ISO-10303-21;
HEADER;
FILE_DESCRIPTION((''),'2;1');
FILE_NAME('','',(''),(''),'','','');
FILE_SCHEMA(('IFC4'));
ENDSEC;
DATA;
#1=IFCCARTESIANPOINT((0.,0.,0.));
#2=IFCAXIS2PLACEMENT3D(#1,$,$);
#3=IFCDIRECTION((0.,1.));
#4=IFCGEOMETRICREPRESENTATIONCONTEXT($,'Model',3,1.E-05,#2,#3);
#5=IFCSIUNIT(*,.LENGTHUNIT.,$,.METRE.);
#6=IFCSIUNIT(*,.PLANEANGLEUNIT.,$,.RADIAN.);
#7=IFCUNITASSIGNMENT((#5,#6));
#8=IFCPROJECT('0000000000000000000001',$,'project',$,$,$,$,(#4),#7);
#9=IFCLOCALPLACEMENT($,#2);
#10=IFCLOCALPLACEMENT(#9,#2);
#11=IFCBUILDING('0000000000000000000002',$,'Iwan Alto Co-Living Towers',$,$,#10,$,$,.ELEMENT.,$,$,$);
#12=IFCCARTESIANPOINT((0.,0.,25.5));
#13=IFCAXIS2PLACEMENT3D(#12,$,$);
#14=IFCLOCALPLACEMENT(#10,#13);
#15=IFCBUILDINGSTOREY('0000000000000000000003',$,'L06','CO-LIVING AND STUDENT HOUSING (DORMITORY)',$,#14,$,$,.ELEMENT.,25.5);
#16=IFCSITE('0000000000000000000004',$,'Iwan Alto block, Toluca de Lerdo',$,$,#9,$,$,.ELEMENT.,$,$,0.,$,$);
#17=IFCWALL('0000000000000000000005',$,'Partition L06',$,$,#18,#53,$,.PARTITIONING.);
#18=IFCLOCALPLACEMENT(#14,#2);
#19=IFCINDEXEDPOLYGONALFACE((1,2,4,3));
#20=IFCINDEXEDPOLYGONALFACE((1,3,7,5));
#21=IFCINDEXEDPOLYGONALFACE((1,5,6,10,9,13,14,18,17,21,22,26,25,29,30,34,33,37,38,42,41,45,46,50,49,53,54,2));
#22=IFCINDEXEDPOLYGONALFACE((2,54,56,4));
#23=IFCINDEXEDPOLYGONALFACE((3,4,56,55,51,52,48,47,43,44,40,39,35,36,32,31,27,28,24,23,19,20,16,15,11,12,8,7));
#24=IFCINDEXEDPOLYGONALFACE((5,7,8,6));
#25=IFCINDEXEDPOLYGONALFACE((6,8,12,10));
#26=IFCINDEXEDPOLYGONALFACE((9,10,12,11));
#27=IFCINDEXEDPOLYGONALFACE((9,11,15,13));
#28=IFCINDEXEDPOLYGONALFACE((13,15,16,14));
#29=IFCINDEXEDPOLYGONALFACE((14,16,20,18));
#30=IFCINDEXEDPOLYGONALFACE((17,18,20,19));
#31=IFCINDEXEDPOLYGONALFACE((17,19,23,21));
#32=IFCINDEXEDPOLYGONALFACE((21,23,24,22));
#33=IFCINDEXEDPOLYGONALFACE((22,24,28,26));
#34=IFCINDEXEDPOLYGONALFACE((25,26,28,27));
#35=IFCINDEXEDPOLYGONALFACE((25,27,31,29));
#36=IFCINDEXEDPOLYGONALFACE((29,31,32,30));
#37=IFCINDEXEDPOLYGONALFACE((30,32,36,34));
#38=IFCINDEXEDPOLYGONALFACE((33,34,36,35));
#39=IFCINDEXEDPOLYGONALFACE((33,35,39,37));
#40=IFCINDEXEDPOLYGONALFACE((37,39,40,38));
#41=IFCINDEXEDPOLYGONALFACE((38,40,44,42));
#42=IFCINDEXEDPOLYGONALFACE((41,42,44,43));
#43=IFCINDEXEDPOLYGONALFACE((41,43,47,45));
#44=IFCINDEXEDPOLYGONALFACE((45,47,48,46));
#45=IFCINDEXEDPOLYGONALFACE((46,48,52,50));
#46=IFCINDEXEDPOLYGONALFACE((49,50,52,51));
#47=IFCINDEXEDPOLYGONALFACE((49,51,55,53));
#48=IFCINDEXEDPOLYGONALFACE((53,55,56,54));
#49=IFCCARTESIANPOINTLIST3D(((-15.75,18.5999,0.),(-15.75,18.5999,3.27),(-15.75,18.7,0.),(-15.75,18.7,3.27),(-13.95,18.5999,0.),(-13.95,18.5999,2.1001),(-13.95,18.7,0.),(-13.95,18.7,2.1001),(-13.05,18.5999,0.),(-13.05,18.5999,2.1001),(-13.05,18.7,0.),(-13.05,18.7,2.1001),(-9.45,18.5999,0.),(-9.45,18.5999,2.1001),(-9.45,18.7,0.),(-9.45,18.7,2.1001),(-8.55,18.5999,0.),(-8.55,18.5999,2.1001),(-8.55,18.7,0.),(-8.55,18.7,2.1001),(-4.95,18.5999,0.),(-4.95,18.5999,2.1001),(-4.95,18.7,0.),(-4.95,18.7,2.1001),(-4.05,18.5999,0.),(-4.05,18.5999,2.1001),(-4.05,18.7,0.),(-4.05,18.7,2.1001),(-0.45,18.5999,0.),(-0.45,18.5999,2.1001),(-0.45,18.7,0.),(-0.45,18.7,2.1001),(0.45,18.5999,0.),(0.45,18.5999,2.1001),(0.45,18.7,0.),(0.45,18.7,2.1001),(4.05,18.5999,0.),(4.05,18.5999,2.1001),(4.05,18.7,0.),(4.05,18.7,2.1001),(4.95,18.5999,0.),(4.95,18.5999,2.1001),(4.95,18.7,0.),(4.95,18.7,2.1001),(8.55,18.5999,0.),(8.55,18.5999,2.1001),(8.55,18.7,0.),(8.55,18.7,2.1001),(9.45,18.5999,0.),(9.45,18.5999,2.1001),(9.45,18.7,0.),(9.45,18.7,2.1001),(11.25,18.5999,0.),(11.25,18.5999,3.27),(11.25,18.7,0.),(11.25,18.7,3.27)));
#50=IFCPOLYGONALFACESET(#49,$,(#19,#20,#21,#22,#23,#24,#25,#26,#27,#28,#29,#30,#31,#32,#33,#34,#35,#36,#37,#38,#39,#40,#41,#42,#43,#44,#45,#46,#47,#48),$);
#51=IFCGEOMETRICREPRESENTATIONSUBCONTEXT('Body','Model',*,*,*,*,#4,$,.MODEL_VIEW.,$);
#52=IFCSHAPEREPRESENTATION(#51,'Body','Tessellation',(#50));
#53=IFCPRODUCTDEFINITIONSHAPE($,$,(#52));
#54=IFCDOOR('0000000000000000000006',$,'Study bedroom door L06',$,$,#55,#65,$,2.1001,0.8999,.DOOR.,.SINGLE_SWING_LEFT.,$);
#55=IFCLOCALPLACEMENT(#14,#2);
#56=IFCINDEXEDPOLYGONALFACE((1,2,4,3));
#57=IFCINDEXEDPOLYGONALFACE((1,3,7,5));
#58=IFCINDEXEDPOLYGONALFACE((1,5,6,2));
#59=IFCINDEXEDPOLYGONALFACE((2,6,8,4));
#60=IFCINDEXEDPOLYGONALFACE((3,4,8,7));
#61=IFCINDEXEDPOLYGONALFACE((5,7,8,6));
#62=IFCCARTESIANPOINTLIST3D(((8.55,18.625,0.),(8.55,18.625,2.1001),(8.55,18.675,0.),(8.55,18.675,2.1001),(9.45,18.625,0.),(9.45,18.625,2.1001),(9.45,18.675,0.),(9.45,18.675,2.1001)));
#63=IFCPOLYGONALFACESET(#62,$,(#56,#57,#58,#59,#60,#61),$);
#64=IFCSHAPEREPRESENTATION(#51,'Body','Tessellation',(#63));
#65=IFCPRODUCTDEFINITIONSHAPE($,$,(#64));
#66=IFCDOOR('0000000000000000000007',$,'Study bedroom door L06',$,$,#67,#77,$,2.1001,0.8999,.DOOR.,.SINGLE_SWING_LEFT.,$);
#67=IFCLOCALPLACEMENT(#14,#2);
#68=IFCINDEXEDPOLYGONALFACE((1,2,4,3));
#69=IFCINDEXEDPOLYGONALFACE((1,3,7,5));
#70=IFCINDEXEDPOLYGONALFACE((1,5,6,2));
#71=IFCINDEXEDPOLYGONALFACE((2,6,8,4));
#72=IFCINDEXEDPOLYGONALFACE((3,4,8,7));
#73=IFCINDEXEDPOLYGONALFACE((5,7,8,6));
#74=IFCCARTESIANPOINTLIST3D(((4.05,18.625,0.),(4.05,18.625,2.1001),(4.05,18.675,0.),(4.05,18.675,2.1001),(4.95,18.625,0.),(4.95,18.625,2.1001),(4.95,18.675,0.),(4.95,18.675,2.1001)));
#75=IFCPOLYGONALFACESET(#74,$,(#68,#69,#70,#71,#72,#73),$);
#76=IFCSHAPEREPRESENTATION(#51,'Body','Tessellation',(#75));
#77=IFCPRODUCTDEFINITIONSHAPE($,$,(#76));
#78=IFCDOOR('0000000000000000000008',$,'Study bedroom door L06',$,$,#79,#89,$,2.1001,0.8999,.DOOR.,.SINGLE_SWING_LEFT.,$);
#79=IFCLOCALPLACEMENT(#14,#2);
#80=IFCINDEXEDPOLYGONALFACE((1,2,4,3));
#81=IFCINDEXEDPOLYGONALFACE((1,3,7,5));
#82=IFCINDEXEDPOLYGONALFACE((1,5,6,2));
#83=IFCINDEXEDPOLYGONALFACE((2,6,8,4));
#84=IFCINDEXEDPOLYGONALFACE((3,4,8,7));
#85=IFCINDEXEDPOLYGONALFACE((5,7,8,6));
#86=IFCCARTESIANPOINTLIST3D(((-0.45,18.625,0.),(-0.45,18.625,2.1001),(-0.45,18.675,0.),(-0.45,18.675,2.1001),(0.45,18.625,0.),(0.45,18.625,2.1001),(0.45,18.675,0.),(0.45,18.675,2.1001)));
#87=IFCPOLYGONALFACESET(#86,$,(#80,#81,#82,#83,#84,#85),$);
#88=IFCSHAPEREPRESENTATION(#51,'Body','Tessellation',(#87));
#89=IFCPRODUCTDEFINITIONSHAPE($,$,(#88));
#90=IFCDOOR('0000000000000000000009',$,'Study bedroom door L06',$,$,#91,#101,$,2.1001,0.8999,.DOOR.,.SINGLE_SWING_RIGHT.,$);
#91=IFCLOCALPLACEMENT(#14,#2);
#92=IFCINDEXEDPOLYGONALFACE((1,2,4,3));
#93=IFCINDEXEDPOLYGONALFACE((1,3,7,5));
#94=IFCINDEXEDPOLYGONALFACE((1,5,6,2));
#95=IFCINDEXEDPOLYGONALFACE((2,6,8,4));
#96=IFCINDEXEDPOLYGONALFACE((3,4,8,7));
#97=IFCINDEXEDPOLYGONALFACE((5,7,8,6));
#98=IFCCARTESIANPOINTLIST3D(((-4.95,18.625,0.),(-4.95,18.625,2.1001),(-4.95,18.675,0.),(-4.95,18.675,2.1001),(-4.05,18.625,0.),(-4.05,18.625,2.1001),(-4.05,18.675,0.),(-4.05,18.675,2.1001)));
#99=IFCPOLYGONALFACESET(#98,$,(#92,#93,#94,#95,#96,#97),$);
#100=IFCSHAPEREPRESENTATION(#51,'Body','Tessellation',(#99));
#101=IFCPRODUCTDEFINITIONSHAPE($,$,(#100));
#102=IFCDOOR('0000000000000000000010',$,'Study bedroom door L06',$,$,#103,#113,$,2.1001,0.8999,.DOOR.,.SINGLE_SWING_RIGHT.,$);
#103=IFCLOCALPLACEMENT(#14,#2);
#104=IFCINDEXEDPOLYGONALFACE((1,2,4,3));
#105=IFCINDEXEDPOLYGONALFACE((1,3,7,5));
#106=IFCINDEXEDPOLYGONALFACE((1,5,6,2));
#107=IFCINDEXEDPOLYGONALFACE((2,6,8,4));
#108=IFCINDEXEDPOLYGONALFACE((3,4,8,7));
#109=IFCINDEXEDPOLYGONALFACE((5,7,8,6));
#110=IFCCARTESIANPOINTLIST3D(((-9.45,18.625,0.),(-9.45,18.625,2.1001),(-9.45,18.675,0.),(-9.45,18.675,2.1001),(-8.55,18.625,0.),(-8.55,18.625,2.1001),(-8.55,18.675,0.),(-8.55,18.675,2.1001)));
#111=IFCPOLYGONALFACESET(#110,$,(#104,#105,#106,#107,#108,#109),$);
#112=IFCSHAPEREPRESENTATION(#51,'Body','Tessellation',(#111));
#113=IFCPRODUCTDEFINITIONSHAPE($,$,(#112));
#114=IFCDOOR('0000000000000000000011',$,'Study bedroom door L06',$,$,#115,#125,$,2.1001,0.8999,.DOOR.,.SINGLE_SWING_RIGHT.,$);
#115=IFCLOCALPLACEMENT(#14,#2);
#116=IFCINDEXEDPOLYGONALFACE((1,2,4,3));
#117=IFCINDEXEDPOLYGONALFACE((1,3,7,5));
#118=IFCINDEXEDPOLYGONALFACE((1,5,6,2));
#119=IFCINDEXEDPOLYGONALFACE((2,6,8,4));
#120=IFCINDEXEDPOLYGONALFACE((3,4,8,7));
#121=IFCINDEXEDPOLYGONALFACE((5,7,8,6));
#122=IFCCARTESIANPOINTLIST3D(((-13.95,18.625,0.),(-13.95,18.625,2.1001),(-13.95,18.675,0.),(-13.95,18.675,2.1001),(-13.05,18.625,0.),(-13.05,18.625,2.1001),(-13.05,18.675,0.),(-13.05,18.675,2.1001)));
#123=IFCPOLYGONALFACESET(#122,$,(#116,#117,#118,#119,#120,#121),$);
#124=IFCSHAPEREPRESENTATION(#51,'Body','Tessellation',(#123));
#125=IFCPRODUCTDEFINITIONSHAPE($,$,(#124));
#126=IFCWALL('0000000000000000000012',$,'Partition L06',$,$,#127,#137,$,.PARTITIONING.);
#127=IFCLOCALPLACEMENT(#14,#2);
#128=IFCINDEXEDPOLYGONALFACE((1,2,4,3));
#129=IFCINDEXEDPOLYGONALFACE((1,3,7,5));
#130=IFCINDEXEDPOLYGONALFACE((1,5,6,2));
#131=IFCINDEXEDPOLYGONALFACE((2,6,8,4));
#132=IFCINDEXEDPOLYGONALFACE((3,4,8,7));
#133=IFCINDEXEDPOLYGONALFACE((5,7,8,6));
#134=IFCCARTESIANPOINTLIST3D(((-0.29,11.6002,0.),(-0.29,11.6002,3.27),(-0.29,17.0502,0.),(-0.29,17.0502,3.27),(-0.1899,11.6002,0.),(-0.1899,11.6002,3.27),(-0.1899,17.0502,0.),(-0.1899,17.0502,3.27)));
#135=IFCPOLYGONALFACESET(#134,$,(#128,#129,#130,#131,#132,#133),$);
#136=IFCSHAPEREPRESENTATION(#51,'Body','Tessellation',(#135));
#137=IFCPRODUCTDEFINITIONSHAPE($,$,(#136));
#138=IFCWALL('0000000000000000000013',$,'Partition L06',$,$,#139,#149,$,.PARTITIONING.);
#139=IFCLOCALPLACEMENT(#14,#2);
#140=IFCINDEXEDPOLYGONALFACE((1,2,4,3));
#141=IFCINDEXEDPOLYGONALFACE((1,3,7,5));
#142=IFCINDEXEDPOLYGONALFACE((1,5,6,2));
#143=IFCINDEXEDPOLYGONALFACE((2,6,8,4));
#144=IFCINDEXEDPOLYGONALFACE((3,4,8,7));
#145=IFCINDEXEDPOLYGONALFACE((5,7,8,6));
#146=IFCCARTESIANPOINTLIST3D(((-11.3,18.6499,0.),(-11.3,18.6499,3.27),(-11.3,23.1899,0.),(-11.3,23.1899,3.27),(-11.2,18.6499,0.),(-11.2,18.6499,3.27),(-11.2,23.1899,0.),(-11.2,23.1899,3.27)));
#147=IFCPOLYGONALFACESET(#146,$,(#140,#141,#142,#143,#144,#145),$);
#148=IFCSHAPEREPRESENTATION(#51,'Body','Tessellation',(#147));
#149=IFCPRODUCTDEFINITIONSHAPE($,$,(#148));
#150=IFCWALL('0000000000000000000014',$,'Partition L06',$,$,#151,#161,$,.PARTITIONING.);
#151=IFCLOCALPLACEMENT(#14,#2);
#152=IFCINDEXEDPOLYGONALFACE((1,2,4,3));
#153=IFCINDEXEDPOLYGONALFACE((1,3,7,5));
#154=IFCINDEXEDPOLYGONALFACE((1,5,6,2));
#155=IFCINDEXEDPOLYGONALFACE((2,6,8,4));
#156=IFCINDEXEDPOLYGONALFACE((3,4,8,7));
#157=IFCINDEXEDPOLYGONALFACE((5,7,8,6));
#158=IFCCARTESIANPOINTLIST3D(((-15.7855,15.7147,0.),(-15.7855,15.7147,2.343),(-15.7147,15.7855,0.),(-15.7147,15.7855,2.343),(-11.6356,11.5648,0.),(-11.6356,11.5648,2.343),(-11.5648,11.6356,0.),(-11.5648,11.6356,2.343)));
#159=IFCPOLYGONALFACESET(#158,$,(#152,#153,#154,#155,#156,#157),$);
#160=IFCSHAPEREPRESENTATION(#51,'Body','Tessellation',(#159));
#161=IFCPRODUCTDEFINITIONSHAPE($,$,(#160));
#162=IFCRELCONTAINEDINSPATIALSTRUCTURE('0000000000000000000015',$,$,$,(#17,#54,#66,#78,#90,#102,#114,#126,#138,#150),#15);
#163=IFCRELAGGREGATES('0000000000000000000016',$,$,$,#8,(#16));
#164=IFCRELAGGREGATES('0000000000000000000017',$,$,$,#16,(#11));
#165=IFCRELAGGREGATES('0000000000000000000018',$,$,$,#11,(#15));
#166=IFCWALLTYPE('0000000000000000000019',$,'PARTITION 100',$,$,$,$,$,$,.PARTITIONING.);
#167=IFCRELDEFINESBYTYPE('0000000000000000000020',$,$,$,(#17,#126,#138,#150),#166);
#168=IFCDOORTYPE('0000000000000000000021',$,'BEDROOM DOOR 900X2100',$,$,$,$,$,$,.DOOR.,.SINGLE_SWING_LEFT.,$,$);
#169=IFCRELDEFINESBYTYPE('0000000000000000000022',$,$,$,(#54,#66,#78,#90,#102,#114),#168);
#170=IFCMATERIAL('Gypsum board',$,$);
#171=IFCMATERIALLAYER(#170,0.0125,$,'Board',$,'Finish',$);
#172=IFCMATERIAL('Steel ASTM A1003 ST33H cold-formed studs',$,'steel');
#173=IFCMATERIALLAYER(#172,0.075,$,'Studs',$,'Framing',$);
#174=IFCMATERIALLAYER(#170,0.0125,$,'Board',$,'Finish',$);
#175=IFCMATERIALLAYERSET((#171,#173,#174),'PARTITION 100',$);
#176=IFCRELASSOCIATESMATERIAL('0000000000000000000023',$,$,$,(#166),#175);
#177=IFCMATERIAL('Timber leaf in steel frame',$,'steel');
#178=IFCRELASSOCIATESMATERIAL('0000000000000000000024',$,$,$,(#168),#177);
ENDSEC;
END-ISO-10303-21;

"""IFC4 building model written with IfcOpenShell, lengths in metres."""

from ifc_helpers import new_model, si_unit, direction, frame, frame_2d, origin, place, context, subcontext, project, spatial, rectangle, extrude, material, layer, layer_set, type_object, element, fill, save


model = new_model("IFC4")

# Units and contexts
model_context = context("Model", 3, precision=1e-05, world=origin(), true_north=direction((0.0, 1.0)))
body_context = subcontext(model_context, "Body", "Model", "MODEL_VIEW")
ifc_project = project(units=[si_unit("LENGTHUNIT", "METRE"), si_unit("PLANEANGLEUNIT", "RADIAN")], contexts=[model_context])

# Site, building, storey
site_placement = place(None, origin())
site = spatial("IfcSite", under=ifc_project, at=site_placement, Name="Iwan Alto block, Toluca de Lerdo", CompositionType="ELEMENT", RefElevation=0.0)
building_placement = place(site_placement, origin())
building = spatial("IfcBuilding", under=site, at=building_placement, Name="Iwan Alto Co-Living Towers", CompositionType="ELEMENT")
storey_placement = place(building_placement, frame((0.0, 0.0, 25.5)))
storey = spatial("IfcBuildingStorey", under=building, at=storey_placement, Name="L06", Description="CO-LIVING AND STUDENT HOUSING (DORMITORY)", CompositionType="ELEMENT", Elevation=25.5)

# Shared definitions
ifc_material_1 = material(Name="Gypsum board")
ifc_material_2 = material(Name="Steel ASTM A1003 ST33H cold-formed studs", Category="steel")

# Shared definitions
ifc_layer_1 = layer(ifc_material_1, 0.0125, Name="Board", Category="Finish")
ifc_layer_2 = layer(ifc_material_2, 0.075, Name="Studs", Category="Framing")
ifc_layer_3 = layer(ifc_material_1, 0.0125, Name="Board", Category="Finish")
ifc_layer_set_1 = layer_set([ifc_layer_1, ifc_layer_2, ifc_layer_3], Name="PARTITION 100")
wall_type_1 = type_object("IfcWallType", Name="PARTITION 100", PredefinedType="PARTITIONING", material=ifc_layer_set_1)

# Wall, openings, doors
wall_1_placement = place(storey_placement, frame((-15.75, 18.6499, 0.0), z_axis=(0.0, 0.0, 1.0), x_axis=(1.0, 0.0, 0.0)))
wall_1 = element("IfcWall", 1, at=wall_1_placement, inside=storey, type_object=wall_type_1, Name="Partition L06", PredefinedType="PARTITIONING", context=body_context, shape_type="SweptSolid", body=[
    extrude(rectangle(XDim=27.0, YDim=0.1001, at=frame_2d((13.5, 0.0))), origin(), (0.0, 0.0, 1.0), 3.27),
])
opening_1_placement = place(wall_1_placement, frame((24.3, 0.0, 0.0)))
opening_1 = element("IfcOpeningElement", 2, at=opening_1_placement, cuts=wall_1, PredefinedType="OPENING", context=body_context, shape_type="SweptSolid", body=[
    extrude(rectangle(XDim=0.8999, YDim=2.1001, at=frame_2d((0.45, 1.05))), frame((0.0, 0.0601, 0.0), z_axis=(0.0, -1.0, 0.0), x_axis=(1.0, 0.0, 0.0)), (0.0, 0.0, 1.0), 0.1201),
])
opening_2_placement = place(wall_1_placement, frame((19.8, 0.0, 0.0)))
opening_2 = element("IfcOpeningElement", 3, at=opening_2_placement, cuts=wall_1, PredefinedType="OPENING", context=body_context, shape_type="SweptSolid", body=[
    extrude(rectangle(XDim=0.8999, YDim=2.1001, at=frame_2d((0.45, 1.05))), frame((0.0, 0.0601, 0.0), z_axis=(0.0, -1.0, 0.0), x_axis=(1.0, 0.0, 0.0)), (0.0, 0.0, 1.0), 0.1201),
])
opening_3_placement = place(wall_1_placement, frame((15.3, 0.0, 0.0)))
opening_3 = element("IfcOpeningElement", 4, at=opening_3_placement, cuts=wall_1, PredefinedType="OPENING", context=body_context, shape_type="SweptSolid", body=[
    extrude(rectangle(XDim=0.8999, YDim=2.1001, at=frame_2d((0.45, 1.05))), frame((0.0, 0.0601, 0.0), z_axis=(0.0, -1.0, 0.0), x_axis=(1.0, 0.0, 0.0)), (0.0, 0.0, 1.0), 0.1201),
])
opening_4_placement = place(wall_1_placement, frame((10.8, 0.0, 0.0)))
opening_4 = element("IfcOpeningElement", 5, at=opening_4_placement, cuts=wall_1, PredefinedType="OPENING", context=body_context, shape_type="SweptSolid", body=[
    extrude(rectangle(XDim=0.8999, YDim=2.1001, at=frame_2d((0.45, 1.05))), frame((0.0, 0.0601, 0.0), z_axis=(0.0, -1.0, 0.0), x_axis=(1.0, 0.0, 0.0)), (0.0, 0.0, 1.0), 0.1201),
])
opening_5_placement = place(wall_1_placement, frame((6.3, 0.0, 0.0)))
opening_5 = element("IfcOpeningElement", 6, at=opening_5_placement, cuts=wall_1, PredefinedType="OPENING", context=body_context, shape_type="SweptSolid", body=[
    extrude(rectangle(XDim=0.8999, YDim=2.1001, at=frame_2d((0.45, 1.05))), frame((0.0, 0.0601, 0.0), z_axis=(0.0, -1.0, 0.0), x_axis=(1.0, 0.0, 0.0)), (0.0, 0.0, 1.0), 0.1201),
])
opening_6_placement = place(wall_1_placement, frame((1.8, 0.0, 0.0)))
opening_6 = element("IfcOpeningElement", 7, at=opening_6_placement, cuts=wall_1, PredefinedType="OPENING", context=body_context, shape_type="SweptSolid", body=[
    extrude(rectangle(XDim=0.8999, YDim=2.1001, at=frame_2d((0.45, 1.05))), frame((0.0, 0.0601, 0.0), z_axis=(0.0, -1.0, 0.0), x_axis=(1.0, 0.0, 0.0)), (0.0, 0.0, 1.0), 0.1201),
])
ifc_material_3 = material(Name="Timber leaf in steel frame", Category="steel")
door_type_1 = type_object("IfcDoorType", Name="BEDROOM DOOR 900X2100", OperationType="SINGLE_SWING_LEFT", PredefinedType="DOOR", material=ifc_material_3)
door_1_placement = place(opening_1_placement, frame((0.8999, 0.0, 0.0), z_axis=(0.0, 0.0, 1.0), x_axis=(-1.0, 0.0, 0.0)))
door_1 = element("IfcDoor", 8, at=door_1_placement, inside=storey, type_object=door_type_1, Name="Study bedroom door L06", OperationType="SINGLE_SWING_LEFT", OverallHeight=2.1001, OverallWidth=0.8999, PredefinedType="DOOR", context=body_context, shape_type="SweptSolid", body=[
    extrude(rectangle(XDim=0.8999, YDim=2.1001, at=frame_2d((0.45, 1.05))), frame((0.0, 0.0249, 0.0), z_axis=(0.0, -1.0, 0.0), x_axis=(1.0, 0.0, 0.0)), (0.0, 0.0, 1.0), 0.05),
])
fill(opening_1, door_1)
door_2_placement = place(opening_2_placement, frame((0.8999, 0.0, 0.0), z_axis=(0.0, 0.0, 1.0), x_axis=(-1.0, 0.0, 0.0)))
door_2 = element("IfcDoor", 9, at=door_2_placement, inside=storey, type_object=door_type_1, Name="Study bedroom door L06", OperationType="SINGLE_SWING_LEFT", OverallHeight=2.1001, OverallWidth=0.8999, PredefinedType="DOOR", context=body_context, shape_type="SweptSolid", body=[
    extrude(rectangle(XDim=0.8999, YDim=2.1001, at=frame_2d((0.45, 1.05))), frame((0.0, 0.0249, 0.0), z_axis=(0.0, -1.0, 0.0), x_axis=(1.0, 0.0, 0.0)), (0.0, 0.0, 1.0), 0.05),
])
fill(opening_2, door_2)
door_3_placement = place(opening_3_placement, frame((0.8999, 0.0, 0.0), z_axis=(0.0, 0.0, 1.0), x_axis=(-1.0, 0.0, 0.0)))
door_3 = element("IfcDoor", 10, at=door_3_placement, inside=storey, type_object=door_type_1, Name="Study bedroom door L06", OperationType="SINGLE_SWING_LEFT", OverallHeight=2.1001, OverallWidth=0.8999, PredefinedType="DOOR", context=body_context, shape_type="SweptSolid", body=[
    extrude(rectangle(XDim=0.8999, YDim=2.1001, at=frame_2d((0.45, 1.05))), frame((0.0, 0.0249, 0.0), z_axis=(0.0, -1.0, 0.0), x_axis=(1.0, 0.0, 0.0)), (0.0, 0.0, 1.0), 0.05),
])
fill(opening_3, door_3)
door_4_placement = place(opening_4_placement, frame((0.8999, 0.0, 0.0), z_axis=(0.0, 0.0, 1.0), x_axis=(-1.0, 0.0, 0.0)))
door_4 = element("IfcDoor", 11, at=door_4_placement, inside=storey, type_object=door_type_1, Name="Study bedroom door L06", OperationType="SINGLE_SWING_RIGHT", OverallHeight=2.1001, OverallWidth=0.8999, PredefinedType="DOOR", context=body_context, shape_type="SweptSolid", body=[
    extrude(rectangle(XDim=0.8999, YDim=2.1001, at=frame_2d((0.45, 1.05))), frame((0.0, 0.0249, 0.0), z_axis=(0.0, -1.0, 0.0), x_axis=(1.0, 0.0, 0.0)), (0.0, 0.0, 1.0), 0.05),
])
fill(opening_4, door_4)
door_5_placement = place(opening_5_placement, frame((0.8999, 0.0, 0.0), z_axis=(0.0, 0.0, 1.0), x_axis=(-1.0, 0.0, 0.0)))
door_5 = element("IfcDoor", 12, at=door_5_placement, inside=storey, type_object=door_type_1, Name="Study bedroom door L06", OperationType="SINGLE_SWING_RIGHT", OverallHeight=2.1001, OverallWidth=0.8999, PredefinedType="DOOR", context=body_context, shape_type="SweptSolid", body=[
    extrude(rectangle(XDim=0.8999, YDim=2.1001, at=frame_2d((0.45, 1.05))), frame((0.0, 0.0249, 0.0), z_axis=(0.0, -1.0, 0.0), x_axis=(1.0, 0.0, 0.0)), (0.0, 0.0, 1.0), 0.05),
])
fill(opening_5, door_5)
door_6_placement = place(opening_6_placement, frame((0.8999, 0.0, 0.0), z_axis=(0.0, 0.0, 1.0), x_axis=(-1.0, 0.0, 0.0)))
door_6 = element("IfcDoor", 13, at=door_6_placement, inside=storey, type_object=door_type_1, Name="Study bedroom door L06", OperationType="SINGLE_SWING_RIGHT", OverallHeight=2.1001, OverallWidth=0.8999, PredefinedType="DOOR", context=body_context, shape_type="SweptSolid", body=[
    extrude(rectangle(XDim=0.8999, YDim=2.1001, at=frame_2d((0.45, 1.05))), frame((0.0, 0.0249, 0.0), z_axis=(0.0, -1.0, 0.0), x_axis=(1.0, 0.0, 0.0)), (0.0, 0.0, 1.0), 0.05),
])
fill(opening_6, door_6)

# Walls
wall_2_placement = place(storey_placement, frame((-0.24, 11.6001, 0.0), z_axis=(0.0, 0.0, 1.0), x_axis=(0.0, 1.0, 0.0)))
element("IfcWall", 14, at=wall_2_placement, inside=storey, type_object=wall_type_1, Name="Partition L06", PredefinedType="PARTITIONING", context=body_context, shape_type="SweptSolid", body=[
    extrude(rectangle(XDim=5.45, YDim=0.1001, at=frame_2d((2.7251, 0.0))), origin(), (0.0, 0.0, 1.0), 3.27),
])
wall_3_placement = place(storey_placement, frame((-11.25, 18.6499, 0.0), z_axis=(0.0, 0.0, 1.0), x_axis=(0.0, 1.0, 0.0)))
element("IfcWall", 15, at=wall_3_placement, inside=storey, type_object=wall_type_1, Name="Partition L06", PredefinedType="PARTITIONING", context=body_context, shape_type="SweptSolid", body=[
    extrude(rectangle(XDim=4.54, YDim=0.1001, at=frame_2d((2.27, 0.0))), origin(), (0.0, 0.0, 1.0), 3.27),
])
wall_4_placement = place(storey_placement, frame((-11.6001, 11.6001, 0.0), z_axis=(0.0, 0.0, 1.0), x_axis=(-0.707107, 0.707107, 0.0)))
element("IfcWall", 16, at=wall_4_placement, inside=storey, type_object=wall_type_1, Name="Partition L06", PredefinedType="PARTITIONING", context=body_context, shape_type="SweptSolid", body=[
    extrude(rectangle(XDim=5.8689, YDim=0.1001, at=frame_2d((2.9346, 0.0))), origin(), (0.0, 0.0, 1.0), 2.343),
])

save(model, "model.ifc")
